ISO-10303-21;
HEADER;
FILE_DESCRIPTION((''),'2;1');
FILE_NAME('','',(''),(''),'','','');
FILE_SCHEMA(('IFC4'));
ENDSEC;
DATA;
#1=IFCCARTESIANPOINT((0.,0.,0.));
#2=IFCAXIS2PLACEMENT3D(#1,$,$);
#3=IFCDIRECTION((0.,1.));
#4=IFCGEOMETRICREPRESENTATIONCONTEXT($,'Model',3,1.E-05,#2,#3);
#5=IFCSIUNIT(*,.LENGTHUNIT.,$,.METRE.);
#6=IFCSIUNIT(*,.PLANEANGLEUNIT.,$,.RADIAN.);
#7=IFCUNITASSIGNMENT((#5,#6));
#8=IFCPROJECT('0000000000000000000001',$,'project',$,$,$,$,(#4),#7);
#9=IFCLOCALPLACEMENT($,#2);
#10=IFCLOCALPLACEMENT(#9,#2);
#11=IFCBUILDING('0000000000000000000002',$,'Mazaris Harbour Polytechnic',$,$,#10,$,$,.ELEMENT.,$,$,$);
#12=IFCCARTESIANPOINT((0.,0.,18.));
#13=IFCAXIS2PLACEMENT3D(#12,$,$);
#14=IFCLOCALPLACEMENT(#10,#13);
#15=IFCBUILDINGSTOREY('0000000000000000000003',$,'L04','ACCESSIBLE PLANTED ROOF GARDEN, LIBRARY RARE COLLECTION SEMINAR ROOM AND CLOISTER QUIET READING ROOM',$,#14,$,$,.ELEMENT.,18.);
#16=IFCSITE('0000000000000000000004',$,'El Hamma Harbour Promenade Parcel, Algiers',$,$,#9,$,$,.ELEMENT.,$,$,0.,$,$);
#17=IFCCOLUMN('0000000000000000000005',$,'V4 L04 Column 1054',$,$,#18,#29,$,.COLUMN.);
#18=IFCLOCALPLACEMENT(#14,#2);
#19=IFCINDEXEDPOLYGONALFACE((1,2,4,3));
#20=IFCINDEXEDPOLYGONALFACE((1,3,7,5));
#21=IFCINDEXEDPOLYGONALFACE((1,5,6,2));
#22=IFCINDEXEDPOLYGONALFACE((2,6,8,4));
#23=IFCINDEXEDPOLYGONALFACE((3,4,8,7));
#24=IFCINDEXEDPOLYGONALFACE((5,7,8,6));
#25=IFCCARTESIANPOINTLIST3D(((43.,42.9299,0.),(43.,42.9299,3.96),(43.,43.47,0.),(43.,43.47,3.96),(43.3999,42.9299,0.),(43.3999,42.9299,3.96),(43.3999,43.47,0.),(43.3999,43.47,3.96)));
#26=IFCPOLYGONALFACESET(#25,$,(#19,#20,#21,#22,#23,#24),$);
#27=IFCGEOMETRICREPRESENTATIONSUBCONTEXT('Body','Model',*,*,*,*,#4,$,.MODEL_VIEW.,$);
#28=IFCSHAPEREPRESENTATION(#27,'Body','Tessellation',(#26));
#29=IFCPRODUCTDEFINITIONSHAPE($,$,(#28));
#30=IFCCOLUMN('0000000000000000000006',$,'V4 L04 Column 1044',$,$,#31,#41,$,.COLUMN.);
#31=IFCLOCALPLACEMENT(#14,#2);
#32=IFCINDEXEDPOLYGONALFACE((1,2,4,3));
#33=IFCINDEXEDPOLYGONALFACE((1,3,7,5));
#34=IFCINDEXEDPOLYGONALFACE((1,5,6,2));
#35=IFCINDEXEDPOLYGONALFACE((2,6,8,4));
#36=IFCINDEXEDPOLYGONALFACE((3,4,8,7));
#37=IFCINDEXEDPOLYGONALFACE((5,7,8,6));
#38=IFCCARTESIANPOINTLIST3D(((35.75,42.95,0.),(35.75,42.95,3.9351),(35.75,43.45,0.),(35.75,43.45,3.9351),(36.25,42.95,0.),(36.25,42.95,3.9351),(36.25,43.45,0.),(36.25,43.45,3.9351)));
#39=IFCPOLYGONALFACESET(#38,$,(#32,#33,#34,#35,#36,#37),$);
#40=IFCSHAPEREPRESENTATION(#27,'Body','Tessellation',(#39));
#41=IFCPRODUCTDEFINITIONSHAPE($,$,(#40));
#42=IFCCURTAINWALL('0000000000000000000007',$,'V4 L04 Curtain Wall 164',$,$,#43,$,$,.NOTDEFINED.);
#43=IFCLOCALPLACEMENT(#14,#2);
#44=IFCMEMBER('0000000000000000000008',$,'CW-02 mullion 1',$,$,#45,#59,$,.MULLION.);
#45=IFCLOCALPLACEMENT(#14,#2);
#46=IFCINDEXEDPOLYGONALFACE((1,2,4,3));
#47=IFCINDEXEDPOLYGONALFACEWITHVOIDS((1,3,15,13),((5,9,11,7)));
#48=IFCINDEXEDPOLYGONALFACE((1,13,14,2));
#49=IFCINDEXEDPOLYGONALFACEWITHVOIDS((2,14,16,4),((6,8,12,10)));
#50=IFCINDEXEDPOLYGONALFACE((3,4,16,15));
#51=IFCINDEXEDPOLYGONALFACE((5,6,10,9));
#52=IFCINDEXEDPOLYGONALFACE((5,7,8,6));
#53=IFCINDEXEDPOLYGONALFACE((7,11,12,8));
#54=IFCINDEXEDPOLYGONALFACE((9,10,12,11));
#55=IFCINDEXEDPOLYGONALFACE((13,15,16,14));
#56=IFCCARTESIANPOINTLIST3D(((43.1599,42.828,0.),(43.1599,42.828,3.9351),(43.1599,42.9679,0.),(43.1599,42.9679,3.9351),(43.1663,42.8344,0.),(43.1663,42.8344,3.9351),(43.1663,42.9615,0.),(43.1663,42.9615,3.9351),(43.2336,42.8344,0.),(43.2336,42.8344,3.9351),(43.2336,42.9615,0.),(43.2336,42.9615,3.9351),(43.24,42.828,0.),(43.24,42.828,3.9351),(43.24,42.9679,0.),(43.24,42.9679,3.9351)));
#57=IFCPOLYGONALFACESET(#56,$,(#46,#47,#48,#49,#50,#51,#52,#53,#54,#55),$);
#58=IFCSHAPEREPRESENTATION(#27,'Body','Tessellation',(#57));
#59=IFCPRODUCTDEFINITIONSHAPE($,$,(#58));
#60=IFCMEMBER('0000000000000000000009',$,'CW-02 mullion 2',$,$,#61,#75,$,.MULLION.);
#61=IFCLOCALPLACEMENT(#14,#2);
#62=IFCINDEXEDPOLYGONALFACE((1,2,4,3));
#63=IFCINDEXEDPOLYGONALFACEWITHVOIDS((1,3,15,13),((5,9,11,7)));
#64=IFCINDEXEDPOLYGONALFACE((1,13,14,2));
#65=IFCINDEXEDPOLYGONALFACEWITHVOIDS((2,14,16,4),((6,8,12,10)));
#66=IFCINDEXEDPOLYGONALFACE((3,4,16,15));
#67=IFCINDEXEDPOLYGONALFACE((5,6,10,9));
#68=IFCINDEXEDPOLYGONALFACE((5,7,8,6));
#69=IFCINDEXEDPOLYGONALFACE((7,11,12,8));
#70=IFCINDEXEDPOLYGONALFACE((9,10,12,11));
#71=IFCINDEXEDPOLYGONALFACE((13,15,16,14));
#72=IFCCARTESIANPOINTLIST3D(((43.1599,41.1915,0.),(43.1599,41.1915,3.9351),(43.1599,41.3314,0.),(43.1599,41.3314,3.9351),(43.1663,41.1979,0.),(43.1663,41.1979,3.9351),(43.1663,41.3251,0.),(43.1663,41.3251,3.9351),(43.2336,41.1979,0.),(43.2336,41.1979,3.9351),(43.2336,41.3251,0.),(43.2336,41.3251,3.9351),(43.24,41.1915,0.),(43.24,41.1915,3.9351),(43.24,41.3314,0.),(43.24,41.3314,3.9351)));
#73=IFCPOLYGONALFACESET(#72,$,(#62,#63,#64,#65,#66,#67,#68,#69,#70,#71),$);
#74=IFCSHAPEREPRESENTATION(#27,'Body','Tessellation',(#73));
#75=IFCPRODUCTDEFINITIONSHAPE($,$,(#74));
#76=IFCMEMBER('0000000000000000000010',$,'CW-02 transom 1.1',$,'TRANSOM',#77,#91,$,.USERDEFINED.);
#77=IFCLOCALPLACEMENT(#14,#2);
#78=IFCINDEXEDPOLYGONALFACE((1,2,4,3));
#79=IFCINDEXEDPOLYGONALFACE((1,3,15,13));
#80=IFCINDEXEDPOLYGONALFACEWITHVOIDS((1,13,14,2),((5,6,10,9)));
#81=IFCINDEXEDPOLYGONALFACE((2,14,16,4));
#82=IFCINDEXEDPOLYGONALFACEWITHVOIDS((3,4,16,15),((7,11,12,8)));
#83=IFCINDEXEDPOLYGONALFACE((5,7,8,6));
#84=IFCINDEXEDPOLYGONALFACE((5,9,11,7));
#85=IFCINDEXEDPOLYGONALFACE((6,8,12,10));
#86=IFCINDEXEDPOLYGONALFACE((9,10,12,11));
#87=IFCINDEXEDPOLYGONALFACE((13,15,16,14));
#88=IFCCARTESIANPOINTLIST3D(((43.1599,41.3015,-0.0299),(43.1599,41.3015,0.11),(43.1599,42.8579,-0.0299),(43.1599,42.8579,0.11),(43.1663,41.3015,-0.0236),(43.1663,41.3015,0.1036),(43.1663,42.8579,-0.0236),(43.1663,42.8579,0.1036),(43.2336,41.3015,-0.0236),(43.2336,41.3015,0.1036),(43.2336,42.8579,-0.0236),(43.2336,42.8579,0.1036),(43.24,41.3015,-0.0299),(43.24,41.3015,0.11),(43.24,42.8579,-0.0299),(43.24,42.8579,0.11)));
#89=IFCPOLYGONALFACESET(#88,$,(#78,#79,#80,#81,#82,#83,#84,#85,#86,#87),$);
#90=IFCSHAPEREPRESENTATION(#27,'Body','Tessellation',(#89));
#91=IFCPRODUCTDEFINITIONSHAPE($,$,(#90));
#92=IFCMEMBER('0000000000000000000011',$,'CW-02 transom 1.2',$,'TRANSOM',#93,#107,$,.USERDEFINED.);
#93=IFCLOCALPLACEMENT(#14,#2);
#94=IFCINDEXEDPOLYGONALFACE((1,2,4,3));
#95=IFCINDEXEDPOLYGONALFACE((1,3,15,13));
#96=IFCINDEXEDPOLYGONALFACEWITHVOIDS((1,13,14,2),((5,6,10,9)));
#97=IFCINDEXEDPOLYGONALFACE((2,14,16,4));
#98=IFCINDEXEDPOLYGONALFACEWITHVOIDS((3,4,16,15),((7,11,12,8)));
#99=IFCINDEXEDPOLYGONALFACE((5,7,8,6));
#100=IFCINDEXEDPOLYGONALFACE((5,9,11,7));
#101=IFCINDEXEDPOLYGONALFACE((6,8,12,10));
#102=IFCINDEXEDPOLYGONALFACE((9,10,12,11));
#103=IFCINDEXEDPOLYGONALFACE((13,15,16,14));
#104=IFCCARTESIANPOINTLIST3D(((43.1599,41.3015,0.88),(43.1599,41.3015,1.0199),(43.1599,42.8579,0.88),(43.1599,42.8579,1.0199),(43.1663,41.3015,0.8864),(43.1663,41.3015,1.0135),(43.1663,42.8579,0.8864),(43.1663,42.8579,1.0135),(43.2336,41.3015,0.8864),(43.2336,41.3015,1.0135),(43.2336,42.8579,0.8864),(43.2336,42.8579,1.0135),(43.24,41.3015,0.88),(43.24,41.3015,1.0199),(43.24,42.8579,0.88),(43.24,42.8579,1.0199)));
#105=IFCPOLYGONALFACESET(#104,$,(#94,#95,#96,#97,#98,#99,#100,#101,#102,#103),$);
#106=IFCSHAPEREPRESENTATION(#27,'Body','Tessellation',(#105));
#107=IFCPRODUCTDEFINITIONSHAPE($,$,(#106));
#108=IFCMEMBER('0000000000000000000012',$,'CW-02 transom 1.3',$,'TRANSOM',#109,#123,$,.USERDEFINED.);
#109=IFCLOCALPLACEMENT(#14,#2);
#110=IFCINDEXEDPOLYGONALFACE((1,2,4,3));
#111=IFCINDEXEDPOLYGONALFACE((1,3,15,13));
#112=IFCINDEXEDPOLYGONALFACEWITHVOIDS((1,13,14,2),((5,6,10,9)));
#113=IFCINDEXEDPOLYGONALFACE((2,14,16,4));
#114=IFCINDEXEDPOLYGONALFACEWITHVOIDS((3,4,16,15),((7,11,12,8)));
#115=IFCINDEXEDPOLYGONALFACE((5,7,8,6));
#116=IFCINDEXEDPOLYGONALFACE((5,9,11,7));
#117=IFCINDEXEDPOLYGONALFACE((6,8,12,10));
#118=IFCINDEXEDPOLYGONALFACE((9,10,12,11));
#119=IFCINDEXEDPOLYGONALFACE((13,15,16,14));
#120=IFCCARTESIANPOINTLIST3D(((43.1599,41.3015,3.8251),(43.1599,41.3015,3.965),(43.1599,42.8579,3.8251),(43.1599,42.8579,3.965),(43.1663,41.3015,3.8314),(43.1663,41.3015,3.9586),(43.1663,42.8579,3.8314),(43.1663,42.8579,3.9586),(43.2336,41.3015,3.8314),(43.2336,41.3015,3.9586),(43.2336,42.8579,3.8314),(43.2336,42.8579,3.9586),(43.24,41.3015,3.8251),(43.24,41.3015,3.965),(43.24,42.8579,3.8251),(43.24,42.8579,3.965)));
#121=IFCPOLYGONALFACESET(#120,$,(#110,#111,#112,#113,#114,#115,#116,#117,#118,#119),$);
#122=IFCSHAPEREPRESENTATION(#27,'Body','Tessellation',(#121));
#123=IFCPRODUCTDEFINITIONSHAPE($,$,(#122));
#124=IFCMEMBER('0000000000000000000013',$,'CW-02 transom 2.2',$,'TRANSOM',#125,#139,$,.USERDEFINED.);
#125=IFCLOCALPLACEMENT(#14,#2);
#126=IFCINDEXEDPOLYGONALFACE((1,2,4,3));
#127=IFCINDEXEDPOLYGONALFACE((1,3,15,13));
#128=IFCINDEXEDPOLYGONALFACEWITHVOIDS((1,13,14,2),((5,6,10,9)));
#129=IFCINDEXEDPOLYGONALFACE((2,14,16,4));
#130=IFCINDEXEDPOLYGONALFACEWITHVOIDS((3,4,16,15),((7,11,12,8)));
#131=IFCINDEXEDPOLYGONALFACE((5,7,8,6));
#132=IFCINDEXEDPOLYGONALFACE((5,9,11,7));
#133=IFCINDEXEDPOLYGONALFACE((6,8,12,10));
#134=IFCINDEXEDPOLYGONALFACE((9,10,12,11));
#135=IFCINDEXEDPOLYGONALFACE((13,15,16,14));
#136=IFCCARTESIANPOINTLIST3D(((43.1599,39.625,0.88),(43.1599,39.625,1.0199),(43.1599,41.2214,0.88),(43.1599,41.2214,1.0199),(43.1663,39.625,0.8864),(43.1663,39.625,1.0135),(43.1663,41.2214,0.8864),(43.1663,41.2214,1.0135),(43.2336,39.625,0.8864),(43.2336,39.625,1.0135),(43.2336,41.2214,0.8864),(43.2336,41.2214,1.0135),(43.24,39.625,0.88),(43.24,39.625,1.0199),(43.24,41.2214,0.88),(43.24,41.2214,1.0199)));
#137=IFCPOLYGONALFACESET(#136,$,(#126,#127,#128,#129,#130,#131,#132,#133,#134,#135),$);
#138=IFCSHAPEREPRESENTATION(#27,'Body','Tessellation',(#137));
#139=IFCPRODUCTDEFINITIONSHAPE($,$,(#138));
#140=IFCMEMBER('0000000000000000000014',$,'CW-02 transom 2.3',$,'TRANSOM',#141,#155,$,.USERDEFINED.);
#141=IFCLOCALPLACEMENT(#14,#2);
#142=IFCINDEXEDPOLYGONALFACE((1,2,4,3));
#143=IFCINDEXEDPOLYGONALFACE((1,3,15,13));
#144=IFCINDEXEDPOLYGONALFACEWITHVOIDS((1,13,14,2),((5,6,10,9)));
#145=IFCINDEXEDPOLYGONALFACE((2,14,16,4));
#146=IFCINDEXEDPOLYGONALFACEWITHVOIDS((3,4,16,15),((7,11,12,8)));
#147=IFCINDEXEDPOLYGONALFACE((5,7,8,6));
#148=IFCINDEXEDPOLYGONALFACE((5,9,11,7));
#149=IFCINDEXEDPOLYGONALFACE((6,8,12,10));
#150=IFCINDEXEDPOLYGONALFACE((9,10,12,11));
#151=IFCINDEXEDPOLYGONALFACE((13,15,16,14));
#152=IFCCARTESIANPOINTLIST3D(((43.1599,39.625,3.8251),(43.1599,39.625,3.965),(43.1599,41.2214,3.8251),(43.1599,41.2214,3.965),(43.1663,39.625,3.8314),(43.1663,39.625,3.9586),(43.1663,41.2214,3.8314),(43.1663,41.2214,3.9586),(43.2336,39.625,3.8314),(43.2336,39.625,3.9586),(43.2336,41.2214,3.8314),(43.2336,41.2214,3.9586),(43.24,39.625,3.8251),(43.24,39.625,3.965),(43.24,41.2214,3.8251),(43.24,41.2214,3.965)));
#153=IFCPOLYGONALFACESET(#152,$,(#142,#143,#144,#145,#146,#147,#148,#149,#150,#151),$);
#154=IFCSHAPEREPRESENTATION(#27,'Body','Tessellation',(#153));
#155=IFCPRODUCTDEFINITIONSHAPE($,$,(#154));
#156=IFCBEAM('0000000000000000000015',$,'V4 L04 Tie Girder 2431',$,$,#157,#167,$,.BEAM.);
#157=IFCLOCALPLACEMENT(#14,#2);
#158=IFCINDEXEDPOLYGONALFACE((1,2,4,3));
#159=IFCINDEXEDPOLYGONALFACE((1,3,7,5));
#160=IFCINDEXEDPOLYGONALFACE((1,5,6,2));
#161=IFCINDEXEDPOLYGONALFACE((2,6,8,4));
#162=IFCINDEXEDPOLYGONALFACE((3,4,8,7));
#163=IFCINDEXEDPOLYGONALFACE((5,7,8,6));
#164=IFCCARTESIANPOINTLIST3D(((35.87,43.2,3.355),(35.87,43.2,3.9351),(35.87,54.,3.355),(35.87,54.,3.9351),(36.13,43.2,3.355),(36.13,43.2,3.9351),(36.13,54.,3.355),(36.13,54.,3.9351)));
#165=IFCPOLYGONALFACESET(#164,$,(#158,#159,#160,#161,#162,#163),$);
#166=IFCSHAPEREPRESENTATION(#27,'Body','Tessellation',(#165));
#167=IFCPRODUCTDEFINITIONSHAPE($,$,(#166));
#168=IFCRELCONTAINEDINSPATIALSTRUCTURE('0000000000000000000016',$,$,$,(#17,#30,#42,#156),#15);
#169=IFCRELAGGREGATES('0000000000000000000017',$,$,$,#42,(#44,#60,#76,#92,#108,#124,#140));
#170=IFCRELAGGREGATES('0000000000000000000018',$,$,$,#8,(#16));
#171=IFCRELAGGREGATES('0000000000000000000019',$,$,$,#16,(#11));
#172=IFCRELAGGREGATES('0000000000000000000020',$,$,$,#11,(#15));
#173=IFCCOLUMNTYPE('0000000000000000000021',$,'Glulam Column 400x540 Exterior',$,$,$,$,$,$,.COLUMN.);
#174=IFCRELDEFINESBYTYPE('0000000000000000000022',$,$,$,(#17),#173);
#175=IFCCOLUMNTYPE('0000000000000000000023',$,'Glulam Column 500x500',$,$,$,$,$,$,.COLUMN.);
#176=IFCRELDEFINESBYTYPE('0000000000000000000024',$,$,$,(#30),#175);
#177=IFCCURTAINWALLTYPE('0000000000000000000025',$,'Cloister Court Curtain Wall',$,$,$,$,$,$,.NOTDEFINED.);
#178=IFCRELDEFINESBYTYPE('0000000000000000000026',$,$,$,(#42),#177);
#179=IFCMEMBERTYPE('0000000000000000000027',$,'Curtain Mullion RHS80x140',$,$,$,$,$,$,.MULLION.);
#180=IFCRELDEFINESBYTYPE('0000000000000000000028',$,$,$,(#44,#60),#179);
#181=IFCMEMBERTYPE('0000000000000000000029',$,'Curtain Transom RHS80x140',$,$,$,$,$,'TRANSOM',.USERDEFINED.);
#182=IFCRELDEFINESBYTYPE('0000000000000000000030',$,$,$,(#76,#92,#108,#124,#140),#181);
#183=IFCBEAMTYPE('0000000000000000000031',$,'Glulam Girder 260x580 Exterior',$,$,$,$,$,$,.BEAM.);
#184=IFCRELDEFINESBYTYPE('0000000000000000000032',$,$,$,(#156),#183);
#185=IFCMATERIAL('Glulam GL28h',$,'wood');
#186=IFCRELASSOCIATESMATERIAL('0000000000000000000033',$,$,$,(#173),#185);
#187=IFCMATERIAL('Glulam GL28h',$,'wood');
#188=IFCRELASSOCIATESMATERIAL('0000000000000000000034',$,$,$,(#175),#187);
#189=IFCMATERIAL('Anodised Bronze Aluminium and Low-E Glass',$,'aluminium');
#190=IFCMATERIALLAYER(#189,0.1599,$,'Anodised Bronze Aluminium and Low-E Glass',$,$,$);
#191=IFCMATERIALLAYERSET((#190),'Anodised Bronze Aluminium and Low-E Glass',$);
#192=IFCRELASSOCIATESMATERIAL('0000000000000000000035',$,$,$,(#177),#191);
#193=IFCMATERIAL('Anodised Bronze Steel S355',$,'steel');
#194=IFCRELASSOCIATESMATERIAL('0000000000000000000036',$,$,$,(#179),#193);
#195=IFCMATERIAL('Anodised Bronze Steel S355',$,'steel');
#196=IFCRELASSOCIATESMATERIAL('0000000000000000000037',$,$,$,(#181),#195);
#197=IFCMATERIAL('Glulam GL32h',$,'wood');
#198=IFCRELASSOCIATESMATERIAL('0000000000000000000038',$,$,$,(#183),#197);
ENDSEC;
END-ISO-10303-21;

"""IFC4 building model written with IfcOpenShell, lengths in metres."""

from ifc_helpers import new_model, si_unit, direction, frame, origin, origin_2d, place, context, subcontext, project, spatial, rectangle, hollow_rectangle, extrude, material, layer, layer_set, material_profile, profile_set, type_object, element, aggregate, save


model = new_model("IFC4")

# Units and contexts
model_context = context("Model", 3, precision=1e-05, world=origin(), true_north=direction((0.0, 1.0)))
body_context = subcontext(model_context, "Body", "Model", "MODEL_VIEW")
ifc_project = project(units=[si_unit("LENGTHUNIT", "METRE"), si_unit("PLANEANGLEUNIT", "RADIAN")], contexts=[model_context])

# Site, building, storey
site_placement = place(None, origin())
site = spatial("IfcSite", under=ifc_project, at=site_placement, Name="El Hamma Harbour Promenade Parcel, Algiers", CompositionType="ELEMENT", RefElevation=0.0)
building_placement = place(site_placement, origin())
building = spatial("IfcBuilding", under=site, at=building_placement, Name="Mazaris Harbour Polytechnic", CompositionType="ELEMENT")
storey_placement = place(building_placement, frame((0.0, 0.0, 18.0)))
storey = spatial("IfcBuildingStorey", under=building, at=storey_placement, Name="L04", Description="ACCESSIBLE PLANTED ROOF GARDEN, LIBRARY RARE COLLECTION SEMINAR ROOM AND CLOISTER QUIET READING ROOM", CompositionType="ELEMENT", Elevation=18.0)

# Columns
ifc_material_1 = material(Name="Glulam GL28h", Category="wood")
ifc_material_profile_1 = material_profile(ifc_material_1, rectangle(XDim=0.3999, YDim=0.54, at=origin_2d()), Name="RECT400x540")
ifc_profile_set_1 = profile_set([ifc_material_profile_1], Name="Glulam GL28h")
column_type_1 = type_object("IfcColumnType", Name="Glulam Column 400x540 Exterior", PredefinedType="COLUMN", material=ifc_profile_set_1)
column_1_placement = place(storey_placement, frame((43.2, 43.2, 0.0), z_axis=(0.0, 0.0, 1.0), x_axis=(1.0, 0.0, 0.0)))
element("IfcColumn", 1, at=column_1_placement, inside=storey, type_object=column_type_1, Name="V4 L04 Column 1054", PredefinedType="COLUMN", context=body_context, shape_type="SweptSolid", body=[
    extrude(rectangle(XDim=0.3999, YDim=0.54, at=origin_2d()), origin(), (0.0, 0.0, 1.0), 3.96),
])
ifc_material_2 = material(Name="Glulam GL28h", Category="wood")
ifc_material_profile_2 = material_profile(ifc_material_2, rectangle(XDim=0.5, YDim=0.5, at=origin_2d()), Name="RECT500x500")
ifc_profile_set_2 = profile_set([ifc_material_profile_2], Name="Glulam GL28h")
column_type_2 = type_object("IfcColumnType", Name="Glulam Column 500x500", PredefinedType="COLUMN", material=ifc_profile_set_2)
column_2_placement = place(storey_placement, frame((36.0, 43.2, 0.0), z_axis=(0.0, 0.0, 1.0), x_axis=(1.0, 0.0, 0.0)))
element("IfcColumn", 2, at=column_2_placement, inside=storey, type_object=column_type_2, Name="V4 L04 Column 1044", PredefinedType="COLUMN", context=body_context, shape_type="SweptSolid", body=[
    extrude(rectangle(XDim=0.5, YDim=0.5, at=origin_2d()), origin(), (0.0, 0.0, 1.0), 3.9351),
])

# Curtain wall, members
ifc_material_3 = material(Name="Anodised Bronze Aluminium and Low-E Glass", Category="aluminium")
ifc_layer_1 = layer(ifc_material_3, 0.1599, Name="Anodised Bronze Aluminium and Low-E Glass")
ifc_layer_set_1 = layer_set([ifc_layer_1], Name="Anodised Bronze Aluminium and Low-E Glass")
curtain_wall_type = type_object("IfcCurtainWallType", Name="Cloister Court Curtain Wall", PredefinedType="NOTDEFINED", material=ifc_layer_set_1)
curtain_wall_1_placement = place(storey_placement, origin())
curtain_wall_1 = element("IfcCurtainWall", 3, at=curtain_wall_1_placement, inside=storey, type_object=curtain_wall_type, Name="V4 L04 Curtain Wall 164", PredefinedType="NOTDEFINED")
ifc_material_4 = material(Name="Anodised Bronze Steel S355", Category="steel")
ifc_material_profile_3 = material_profile(ifc_material_4, hollow_rectangle(XDim=0.0801, YDim=0.1399, WallThickness=0.0063, at=origin_2d()), Name="RHS 80x140x6.3")
ifc_profile_set_3 = profile_set([ifc_material_profile_3], Name="Anodised Bronze Steel S355")
member_type_1 = type_object("IfcMemberType", Name="Curtain Mullion RHS80x140", PredefinedType="MULLION", material=ifc_profile_set_3)
member_1_placement = place(storey_placement, frame((43.2, 42.8979, 0.0), z_axis=(0.0, 0.0, 1.0), x_axis=(1.0, 0.0, 0.0)))
member_1 = element("IfcMember", 4, at=member_1_placement, type_object=member_type_1, Name="CW-02 mullion 1", PredefinedType="MULLION", context=body_context, shape_type="SweptSolid", body=[
    extrude(hollow_rectangle(XDim=0.0801, YDim=0.1399, WallThickness=0.0063, at=origin_2d()), origin(), (0.0, 0.0, 1.0), 3.9351),
])
member_2_placement = place(storey_placement, frame((43.2, 41.2615, 0.0), z_axis=(0.0, 0.0, 1.0), x_axis=(1.0, 0.0, 0.0)))
member_2 = element("IfcMember", 5, at=member_2_placement, type_object=member_type_1, Name="CW-02 mullion 2", PredefinedType="MULLION", context=body_context, shape_type="SweptSolid", body=[
    extrude(hollow_rectangle(XDim=0.0801, YDim=0.1399, WallThickness=0.0063, at=origin_2d()), origin(), (0.0, 0.0, 1.0), 3.9351),
])
ifc_material_5 = material(Name="Anodised Bronze Steel S355", Category="steel")
ifc_material_profile_4 = material_profile(ifc_material_5, hollow_rectangle(XDim=0.0801, YDim=0.1399, WallThickness=0.0063, at=origin_2d()), Name="RHS 80x140x6.3")
ifc_profile_set_4 = profile_set([ifc_material_profile_4], Name="Anodised Bronze Steel S355")
member_type_2 = type_object("IfcMemberType", Name="Curtain Transom RHS80x140", ElementType="TRANSOM", PredefinedType="USERDEFINED", material=ifc_profile_set_4)
member_3_placement = place(storey_placement, frame((43.2, 42.8579, 0.04), z_axis=(0.0, -1.0, 0.0), x_axis=(1.0, 0.0, 0.0)))
member_3 = element("IfcMember", 6, at=member_3_placement, type_object=member_type_2, Name="CW-02 transom 1.1", ObjectType="TRANSOM", PredefinedType="USERDEFINED", context=body_context, shape_type="SweptSolid", body=[
    extrude(hollow_rectangle(XDim=0.0801, YDim=0.1399, WallThickness=0.0063, at=origin_2d()), origin(), (0.0, 0.0, 1.0), 1.5564),
])
member_4_placement = place(storey_placement, frame((43.2, 42.8579, 0.95), z_axis=(0.0, -1.0, 0.0), x_axis=(1.0, 0.0, 0.0)))
member_4 = element("IfcMember", 7, at=member_4_placement, type_object=member_type_2, Name="CW-02 transom 1.2", ObjectType="TRANSOM", PredefinedType="USERDEFINED", context=body_context, shape_type="SweptSolid", body=[
    extrude(hollow_rectangle(XDim=0.0801, YDim=0.1399, WallThickness=0.0063, at=origin_2d()), origin(), (0.0, 0.0, 1.0), 1.5564),
])
member_5_placement = place(storey_placement, frame((43.2, 42.8579, 3.895), z_axis=(0.0, -1.0, 0.0), x_axis=(1.0, 0.0, 0.0)))
member_5 = element("IfcMember", 8, at=member_5_placement, type_object=member_type_2, Name="CW-02 transom 1.3", ObjectType="TRANSOM", PredefinedType="USERDEFINED", context=body_context, shape_type="SweptSolid", body=[
    extrude(hollow_rectangle(XDim=0.0801, YDim=0.1399, WallThickness=0.0063, at=origin_2d()), origin(), (0.0, 0.0, 1.0), 1.5564),
])
member_6_placement = place(storey_placement, frame((43.2, 41.2214, 0.95), z_axis=(0.0, -1.0, 0.0), x_axis=(1.0, 0.0, 0.0)))
member_6 = element("IfcMember", 9, at=member_6_placement, type_object=member_type_2, Name="CW-02 transom 2.2", ObjectType="TRANSOM", PredefinedType="USERDEFINED", context=body_context, shape_type="SweptSolid", body=[
    extrude(hollow_rectangle(XDim=0.0801, YDim=0.1399, WallThickness=0.0063, at=origin_2d()), origin(), (0.0, 0.0, 1.0), 1.5964),
])
member_7_placement = place(storey_placement, frame((43.2, 41.2214, 3.895), z_axis=(0.0, -1.0, 0.0), x_axis=(1.0, 0.0, 0.0)))
member_7 = element("IfcMember", 10, at=member_7_placement, type_object=member_type_2, Name="CW-02 transom 2.3", ObjectType="TRANSOM", PredefinedType="USERDEFINED", context=body_context, shape_type="SweptSolid", body=[
    extrude(hollow_rectangle(XDim=0.0801, YDim=0.1399, WallThickness=0.0063, at=origin_2d()), origin(), (0.0, 0.0, 1.0), 1.5964),
])

# Beam
ifc_material_6 = material(Name="Glulam GL32h", Category="wood")
ifc_material_profile_5 = material_profile(ifc_material_6, rectangle(XDim=0.26, YDim=0.5801, at=origin_2d()), Name="RECT260x580")
ifc_profile_set_5 = profile_set([ifc_material_profile_5], Name="Glulam GL32h")
beam_type_1 = type_object("IfcBeamType", Name="Glulam Girder 260x580 Exterior", PredefinedType="BEAM", material=ifc_profile_set_5)
beam_1_placement = place(storey_placement, frame((36.0, 43.2, 3.645), z_axis=(0.0, 1.0, 0.0), x_axis=(-1.0, 0.0, 0.0)))
element("IfcBeam", 11, at=beam_1_placement, inside=storey, type_object=beam_type_1, Name="V4 L04 Tie Girder 2431", PredefinedType="BEAM", context=body_context, shape_type="SweptSolid", body=[
    extrude(rectangle(XDim=0.26, YDim=0.5801, at=origin_2d()), origin(), (0.0, 0.0, 1.0), 10.8),
])

aggregate(curtain_wall_1, [member_1, member_2, member_3, member_4, member_5, member_6, member_7])

save(model, "model.ifc")
